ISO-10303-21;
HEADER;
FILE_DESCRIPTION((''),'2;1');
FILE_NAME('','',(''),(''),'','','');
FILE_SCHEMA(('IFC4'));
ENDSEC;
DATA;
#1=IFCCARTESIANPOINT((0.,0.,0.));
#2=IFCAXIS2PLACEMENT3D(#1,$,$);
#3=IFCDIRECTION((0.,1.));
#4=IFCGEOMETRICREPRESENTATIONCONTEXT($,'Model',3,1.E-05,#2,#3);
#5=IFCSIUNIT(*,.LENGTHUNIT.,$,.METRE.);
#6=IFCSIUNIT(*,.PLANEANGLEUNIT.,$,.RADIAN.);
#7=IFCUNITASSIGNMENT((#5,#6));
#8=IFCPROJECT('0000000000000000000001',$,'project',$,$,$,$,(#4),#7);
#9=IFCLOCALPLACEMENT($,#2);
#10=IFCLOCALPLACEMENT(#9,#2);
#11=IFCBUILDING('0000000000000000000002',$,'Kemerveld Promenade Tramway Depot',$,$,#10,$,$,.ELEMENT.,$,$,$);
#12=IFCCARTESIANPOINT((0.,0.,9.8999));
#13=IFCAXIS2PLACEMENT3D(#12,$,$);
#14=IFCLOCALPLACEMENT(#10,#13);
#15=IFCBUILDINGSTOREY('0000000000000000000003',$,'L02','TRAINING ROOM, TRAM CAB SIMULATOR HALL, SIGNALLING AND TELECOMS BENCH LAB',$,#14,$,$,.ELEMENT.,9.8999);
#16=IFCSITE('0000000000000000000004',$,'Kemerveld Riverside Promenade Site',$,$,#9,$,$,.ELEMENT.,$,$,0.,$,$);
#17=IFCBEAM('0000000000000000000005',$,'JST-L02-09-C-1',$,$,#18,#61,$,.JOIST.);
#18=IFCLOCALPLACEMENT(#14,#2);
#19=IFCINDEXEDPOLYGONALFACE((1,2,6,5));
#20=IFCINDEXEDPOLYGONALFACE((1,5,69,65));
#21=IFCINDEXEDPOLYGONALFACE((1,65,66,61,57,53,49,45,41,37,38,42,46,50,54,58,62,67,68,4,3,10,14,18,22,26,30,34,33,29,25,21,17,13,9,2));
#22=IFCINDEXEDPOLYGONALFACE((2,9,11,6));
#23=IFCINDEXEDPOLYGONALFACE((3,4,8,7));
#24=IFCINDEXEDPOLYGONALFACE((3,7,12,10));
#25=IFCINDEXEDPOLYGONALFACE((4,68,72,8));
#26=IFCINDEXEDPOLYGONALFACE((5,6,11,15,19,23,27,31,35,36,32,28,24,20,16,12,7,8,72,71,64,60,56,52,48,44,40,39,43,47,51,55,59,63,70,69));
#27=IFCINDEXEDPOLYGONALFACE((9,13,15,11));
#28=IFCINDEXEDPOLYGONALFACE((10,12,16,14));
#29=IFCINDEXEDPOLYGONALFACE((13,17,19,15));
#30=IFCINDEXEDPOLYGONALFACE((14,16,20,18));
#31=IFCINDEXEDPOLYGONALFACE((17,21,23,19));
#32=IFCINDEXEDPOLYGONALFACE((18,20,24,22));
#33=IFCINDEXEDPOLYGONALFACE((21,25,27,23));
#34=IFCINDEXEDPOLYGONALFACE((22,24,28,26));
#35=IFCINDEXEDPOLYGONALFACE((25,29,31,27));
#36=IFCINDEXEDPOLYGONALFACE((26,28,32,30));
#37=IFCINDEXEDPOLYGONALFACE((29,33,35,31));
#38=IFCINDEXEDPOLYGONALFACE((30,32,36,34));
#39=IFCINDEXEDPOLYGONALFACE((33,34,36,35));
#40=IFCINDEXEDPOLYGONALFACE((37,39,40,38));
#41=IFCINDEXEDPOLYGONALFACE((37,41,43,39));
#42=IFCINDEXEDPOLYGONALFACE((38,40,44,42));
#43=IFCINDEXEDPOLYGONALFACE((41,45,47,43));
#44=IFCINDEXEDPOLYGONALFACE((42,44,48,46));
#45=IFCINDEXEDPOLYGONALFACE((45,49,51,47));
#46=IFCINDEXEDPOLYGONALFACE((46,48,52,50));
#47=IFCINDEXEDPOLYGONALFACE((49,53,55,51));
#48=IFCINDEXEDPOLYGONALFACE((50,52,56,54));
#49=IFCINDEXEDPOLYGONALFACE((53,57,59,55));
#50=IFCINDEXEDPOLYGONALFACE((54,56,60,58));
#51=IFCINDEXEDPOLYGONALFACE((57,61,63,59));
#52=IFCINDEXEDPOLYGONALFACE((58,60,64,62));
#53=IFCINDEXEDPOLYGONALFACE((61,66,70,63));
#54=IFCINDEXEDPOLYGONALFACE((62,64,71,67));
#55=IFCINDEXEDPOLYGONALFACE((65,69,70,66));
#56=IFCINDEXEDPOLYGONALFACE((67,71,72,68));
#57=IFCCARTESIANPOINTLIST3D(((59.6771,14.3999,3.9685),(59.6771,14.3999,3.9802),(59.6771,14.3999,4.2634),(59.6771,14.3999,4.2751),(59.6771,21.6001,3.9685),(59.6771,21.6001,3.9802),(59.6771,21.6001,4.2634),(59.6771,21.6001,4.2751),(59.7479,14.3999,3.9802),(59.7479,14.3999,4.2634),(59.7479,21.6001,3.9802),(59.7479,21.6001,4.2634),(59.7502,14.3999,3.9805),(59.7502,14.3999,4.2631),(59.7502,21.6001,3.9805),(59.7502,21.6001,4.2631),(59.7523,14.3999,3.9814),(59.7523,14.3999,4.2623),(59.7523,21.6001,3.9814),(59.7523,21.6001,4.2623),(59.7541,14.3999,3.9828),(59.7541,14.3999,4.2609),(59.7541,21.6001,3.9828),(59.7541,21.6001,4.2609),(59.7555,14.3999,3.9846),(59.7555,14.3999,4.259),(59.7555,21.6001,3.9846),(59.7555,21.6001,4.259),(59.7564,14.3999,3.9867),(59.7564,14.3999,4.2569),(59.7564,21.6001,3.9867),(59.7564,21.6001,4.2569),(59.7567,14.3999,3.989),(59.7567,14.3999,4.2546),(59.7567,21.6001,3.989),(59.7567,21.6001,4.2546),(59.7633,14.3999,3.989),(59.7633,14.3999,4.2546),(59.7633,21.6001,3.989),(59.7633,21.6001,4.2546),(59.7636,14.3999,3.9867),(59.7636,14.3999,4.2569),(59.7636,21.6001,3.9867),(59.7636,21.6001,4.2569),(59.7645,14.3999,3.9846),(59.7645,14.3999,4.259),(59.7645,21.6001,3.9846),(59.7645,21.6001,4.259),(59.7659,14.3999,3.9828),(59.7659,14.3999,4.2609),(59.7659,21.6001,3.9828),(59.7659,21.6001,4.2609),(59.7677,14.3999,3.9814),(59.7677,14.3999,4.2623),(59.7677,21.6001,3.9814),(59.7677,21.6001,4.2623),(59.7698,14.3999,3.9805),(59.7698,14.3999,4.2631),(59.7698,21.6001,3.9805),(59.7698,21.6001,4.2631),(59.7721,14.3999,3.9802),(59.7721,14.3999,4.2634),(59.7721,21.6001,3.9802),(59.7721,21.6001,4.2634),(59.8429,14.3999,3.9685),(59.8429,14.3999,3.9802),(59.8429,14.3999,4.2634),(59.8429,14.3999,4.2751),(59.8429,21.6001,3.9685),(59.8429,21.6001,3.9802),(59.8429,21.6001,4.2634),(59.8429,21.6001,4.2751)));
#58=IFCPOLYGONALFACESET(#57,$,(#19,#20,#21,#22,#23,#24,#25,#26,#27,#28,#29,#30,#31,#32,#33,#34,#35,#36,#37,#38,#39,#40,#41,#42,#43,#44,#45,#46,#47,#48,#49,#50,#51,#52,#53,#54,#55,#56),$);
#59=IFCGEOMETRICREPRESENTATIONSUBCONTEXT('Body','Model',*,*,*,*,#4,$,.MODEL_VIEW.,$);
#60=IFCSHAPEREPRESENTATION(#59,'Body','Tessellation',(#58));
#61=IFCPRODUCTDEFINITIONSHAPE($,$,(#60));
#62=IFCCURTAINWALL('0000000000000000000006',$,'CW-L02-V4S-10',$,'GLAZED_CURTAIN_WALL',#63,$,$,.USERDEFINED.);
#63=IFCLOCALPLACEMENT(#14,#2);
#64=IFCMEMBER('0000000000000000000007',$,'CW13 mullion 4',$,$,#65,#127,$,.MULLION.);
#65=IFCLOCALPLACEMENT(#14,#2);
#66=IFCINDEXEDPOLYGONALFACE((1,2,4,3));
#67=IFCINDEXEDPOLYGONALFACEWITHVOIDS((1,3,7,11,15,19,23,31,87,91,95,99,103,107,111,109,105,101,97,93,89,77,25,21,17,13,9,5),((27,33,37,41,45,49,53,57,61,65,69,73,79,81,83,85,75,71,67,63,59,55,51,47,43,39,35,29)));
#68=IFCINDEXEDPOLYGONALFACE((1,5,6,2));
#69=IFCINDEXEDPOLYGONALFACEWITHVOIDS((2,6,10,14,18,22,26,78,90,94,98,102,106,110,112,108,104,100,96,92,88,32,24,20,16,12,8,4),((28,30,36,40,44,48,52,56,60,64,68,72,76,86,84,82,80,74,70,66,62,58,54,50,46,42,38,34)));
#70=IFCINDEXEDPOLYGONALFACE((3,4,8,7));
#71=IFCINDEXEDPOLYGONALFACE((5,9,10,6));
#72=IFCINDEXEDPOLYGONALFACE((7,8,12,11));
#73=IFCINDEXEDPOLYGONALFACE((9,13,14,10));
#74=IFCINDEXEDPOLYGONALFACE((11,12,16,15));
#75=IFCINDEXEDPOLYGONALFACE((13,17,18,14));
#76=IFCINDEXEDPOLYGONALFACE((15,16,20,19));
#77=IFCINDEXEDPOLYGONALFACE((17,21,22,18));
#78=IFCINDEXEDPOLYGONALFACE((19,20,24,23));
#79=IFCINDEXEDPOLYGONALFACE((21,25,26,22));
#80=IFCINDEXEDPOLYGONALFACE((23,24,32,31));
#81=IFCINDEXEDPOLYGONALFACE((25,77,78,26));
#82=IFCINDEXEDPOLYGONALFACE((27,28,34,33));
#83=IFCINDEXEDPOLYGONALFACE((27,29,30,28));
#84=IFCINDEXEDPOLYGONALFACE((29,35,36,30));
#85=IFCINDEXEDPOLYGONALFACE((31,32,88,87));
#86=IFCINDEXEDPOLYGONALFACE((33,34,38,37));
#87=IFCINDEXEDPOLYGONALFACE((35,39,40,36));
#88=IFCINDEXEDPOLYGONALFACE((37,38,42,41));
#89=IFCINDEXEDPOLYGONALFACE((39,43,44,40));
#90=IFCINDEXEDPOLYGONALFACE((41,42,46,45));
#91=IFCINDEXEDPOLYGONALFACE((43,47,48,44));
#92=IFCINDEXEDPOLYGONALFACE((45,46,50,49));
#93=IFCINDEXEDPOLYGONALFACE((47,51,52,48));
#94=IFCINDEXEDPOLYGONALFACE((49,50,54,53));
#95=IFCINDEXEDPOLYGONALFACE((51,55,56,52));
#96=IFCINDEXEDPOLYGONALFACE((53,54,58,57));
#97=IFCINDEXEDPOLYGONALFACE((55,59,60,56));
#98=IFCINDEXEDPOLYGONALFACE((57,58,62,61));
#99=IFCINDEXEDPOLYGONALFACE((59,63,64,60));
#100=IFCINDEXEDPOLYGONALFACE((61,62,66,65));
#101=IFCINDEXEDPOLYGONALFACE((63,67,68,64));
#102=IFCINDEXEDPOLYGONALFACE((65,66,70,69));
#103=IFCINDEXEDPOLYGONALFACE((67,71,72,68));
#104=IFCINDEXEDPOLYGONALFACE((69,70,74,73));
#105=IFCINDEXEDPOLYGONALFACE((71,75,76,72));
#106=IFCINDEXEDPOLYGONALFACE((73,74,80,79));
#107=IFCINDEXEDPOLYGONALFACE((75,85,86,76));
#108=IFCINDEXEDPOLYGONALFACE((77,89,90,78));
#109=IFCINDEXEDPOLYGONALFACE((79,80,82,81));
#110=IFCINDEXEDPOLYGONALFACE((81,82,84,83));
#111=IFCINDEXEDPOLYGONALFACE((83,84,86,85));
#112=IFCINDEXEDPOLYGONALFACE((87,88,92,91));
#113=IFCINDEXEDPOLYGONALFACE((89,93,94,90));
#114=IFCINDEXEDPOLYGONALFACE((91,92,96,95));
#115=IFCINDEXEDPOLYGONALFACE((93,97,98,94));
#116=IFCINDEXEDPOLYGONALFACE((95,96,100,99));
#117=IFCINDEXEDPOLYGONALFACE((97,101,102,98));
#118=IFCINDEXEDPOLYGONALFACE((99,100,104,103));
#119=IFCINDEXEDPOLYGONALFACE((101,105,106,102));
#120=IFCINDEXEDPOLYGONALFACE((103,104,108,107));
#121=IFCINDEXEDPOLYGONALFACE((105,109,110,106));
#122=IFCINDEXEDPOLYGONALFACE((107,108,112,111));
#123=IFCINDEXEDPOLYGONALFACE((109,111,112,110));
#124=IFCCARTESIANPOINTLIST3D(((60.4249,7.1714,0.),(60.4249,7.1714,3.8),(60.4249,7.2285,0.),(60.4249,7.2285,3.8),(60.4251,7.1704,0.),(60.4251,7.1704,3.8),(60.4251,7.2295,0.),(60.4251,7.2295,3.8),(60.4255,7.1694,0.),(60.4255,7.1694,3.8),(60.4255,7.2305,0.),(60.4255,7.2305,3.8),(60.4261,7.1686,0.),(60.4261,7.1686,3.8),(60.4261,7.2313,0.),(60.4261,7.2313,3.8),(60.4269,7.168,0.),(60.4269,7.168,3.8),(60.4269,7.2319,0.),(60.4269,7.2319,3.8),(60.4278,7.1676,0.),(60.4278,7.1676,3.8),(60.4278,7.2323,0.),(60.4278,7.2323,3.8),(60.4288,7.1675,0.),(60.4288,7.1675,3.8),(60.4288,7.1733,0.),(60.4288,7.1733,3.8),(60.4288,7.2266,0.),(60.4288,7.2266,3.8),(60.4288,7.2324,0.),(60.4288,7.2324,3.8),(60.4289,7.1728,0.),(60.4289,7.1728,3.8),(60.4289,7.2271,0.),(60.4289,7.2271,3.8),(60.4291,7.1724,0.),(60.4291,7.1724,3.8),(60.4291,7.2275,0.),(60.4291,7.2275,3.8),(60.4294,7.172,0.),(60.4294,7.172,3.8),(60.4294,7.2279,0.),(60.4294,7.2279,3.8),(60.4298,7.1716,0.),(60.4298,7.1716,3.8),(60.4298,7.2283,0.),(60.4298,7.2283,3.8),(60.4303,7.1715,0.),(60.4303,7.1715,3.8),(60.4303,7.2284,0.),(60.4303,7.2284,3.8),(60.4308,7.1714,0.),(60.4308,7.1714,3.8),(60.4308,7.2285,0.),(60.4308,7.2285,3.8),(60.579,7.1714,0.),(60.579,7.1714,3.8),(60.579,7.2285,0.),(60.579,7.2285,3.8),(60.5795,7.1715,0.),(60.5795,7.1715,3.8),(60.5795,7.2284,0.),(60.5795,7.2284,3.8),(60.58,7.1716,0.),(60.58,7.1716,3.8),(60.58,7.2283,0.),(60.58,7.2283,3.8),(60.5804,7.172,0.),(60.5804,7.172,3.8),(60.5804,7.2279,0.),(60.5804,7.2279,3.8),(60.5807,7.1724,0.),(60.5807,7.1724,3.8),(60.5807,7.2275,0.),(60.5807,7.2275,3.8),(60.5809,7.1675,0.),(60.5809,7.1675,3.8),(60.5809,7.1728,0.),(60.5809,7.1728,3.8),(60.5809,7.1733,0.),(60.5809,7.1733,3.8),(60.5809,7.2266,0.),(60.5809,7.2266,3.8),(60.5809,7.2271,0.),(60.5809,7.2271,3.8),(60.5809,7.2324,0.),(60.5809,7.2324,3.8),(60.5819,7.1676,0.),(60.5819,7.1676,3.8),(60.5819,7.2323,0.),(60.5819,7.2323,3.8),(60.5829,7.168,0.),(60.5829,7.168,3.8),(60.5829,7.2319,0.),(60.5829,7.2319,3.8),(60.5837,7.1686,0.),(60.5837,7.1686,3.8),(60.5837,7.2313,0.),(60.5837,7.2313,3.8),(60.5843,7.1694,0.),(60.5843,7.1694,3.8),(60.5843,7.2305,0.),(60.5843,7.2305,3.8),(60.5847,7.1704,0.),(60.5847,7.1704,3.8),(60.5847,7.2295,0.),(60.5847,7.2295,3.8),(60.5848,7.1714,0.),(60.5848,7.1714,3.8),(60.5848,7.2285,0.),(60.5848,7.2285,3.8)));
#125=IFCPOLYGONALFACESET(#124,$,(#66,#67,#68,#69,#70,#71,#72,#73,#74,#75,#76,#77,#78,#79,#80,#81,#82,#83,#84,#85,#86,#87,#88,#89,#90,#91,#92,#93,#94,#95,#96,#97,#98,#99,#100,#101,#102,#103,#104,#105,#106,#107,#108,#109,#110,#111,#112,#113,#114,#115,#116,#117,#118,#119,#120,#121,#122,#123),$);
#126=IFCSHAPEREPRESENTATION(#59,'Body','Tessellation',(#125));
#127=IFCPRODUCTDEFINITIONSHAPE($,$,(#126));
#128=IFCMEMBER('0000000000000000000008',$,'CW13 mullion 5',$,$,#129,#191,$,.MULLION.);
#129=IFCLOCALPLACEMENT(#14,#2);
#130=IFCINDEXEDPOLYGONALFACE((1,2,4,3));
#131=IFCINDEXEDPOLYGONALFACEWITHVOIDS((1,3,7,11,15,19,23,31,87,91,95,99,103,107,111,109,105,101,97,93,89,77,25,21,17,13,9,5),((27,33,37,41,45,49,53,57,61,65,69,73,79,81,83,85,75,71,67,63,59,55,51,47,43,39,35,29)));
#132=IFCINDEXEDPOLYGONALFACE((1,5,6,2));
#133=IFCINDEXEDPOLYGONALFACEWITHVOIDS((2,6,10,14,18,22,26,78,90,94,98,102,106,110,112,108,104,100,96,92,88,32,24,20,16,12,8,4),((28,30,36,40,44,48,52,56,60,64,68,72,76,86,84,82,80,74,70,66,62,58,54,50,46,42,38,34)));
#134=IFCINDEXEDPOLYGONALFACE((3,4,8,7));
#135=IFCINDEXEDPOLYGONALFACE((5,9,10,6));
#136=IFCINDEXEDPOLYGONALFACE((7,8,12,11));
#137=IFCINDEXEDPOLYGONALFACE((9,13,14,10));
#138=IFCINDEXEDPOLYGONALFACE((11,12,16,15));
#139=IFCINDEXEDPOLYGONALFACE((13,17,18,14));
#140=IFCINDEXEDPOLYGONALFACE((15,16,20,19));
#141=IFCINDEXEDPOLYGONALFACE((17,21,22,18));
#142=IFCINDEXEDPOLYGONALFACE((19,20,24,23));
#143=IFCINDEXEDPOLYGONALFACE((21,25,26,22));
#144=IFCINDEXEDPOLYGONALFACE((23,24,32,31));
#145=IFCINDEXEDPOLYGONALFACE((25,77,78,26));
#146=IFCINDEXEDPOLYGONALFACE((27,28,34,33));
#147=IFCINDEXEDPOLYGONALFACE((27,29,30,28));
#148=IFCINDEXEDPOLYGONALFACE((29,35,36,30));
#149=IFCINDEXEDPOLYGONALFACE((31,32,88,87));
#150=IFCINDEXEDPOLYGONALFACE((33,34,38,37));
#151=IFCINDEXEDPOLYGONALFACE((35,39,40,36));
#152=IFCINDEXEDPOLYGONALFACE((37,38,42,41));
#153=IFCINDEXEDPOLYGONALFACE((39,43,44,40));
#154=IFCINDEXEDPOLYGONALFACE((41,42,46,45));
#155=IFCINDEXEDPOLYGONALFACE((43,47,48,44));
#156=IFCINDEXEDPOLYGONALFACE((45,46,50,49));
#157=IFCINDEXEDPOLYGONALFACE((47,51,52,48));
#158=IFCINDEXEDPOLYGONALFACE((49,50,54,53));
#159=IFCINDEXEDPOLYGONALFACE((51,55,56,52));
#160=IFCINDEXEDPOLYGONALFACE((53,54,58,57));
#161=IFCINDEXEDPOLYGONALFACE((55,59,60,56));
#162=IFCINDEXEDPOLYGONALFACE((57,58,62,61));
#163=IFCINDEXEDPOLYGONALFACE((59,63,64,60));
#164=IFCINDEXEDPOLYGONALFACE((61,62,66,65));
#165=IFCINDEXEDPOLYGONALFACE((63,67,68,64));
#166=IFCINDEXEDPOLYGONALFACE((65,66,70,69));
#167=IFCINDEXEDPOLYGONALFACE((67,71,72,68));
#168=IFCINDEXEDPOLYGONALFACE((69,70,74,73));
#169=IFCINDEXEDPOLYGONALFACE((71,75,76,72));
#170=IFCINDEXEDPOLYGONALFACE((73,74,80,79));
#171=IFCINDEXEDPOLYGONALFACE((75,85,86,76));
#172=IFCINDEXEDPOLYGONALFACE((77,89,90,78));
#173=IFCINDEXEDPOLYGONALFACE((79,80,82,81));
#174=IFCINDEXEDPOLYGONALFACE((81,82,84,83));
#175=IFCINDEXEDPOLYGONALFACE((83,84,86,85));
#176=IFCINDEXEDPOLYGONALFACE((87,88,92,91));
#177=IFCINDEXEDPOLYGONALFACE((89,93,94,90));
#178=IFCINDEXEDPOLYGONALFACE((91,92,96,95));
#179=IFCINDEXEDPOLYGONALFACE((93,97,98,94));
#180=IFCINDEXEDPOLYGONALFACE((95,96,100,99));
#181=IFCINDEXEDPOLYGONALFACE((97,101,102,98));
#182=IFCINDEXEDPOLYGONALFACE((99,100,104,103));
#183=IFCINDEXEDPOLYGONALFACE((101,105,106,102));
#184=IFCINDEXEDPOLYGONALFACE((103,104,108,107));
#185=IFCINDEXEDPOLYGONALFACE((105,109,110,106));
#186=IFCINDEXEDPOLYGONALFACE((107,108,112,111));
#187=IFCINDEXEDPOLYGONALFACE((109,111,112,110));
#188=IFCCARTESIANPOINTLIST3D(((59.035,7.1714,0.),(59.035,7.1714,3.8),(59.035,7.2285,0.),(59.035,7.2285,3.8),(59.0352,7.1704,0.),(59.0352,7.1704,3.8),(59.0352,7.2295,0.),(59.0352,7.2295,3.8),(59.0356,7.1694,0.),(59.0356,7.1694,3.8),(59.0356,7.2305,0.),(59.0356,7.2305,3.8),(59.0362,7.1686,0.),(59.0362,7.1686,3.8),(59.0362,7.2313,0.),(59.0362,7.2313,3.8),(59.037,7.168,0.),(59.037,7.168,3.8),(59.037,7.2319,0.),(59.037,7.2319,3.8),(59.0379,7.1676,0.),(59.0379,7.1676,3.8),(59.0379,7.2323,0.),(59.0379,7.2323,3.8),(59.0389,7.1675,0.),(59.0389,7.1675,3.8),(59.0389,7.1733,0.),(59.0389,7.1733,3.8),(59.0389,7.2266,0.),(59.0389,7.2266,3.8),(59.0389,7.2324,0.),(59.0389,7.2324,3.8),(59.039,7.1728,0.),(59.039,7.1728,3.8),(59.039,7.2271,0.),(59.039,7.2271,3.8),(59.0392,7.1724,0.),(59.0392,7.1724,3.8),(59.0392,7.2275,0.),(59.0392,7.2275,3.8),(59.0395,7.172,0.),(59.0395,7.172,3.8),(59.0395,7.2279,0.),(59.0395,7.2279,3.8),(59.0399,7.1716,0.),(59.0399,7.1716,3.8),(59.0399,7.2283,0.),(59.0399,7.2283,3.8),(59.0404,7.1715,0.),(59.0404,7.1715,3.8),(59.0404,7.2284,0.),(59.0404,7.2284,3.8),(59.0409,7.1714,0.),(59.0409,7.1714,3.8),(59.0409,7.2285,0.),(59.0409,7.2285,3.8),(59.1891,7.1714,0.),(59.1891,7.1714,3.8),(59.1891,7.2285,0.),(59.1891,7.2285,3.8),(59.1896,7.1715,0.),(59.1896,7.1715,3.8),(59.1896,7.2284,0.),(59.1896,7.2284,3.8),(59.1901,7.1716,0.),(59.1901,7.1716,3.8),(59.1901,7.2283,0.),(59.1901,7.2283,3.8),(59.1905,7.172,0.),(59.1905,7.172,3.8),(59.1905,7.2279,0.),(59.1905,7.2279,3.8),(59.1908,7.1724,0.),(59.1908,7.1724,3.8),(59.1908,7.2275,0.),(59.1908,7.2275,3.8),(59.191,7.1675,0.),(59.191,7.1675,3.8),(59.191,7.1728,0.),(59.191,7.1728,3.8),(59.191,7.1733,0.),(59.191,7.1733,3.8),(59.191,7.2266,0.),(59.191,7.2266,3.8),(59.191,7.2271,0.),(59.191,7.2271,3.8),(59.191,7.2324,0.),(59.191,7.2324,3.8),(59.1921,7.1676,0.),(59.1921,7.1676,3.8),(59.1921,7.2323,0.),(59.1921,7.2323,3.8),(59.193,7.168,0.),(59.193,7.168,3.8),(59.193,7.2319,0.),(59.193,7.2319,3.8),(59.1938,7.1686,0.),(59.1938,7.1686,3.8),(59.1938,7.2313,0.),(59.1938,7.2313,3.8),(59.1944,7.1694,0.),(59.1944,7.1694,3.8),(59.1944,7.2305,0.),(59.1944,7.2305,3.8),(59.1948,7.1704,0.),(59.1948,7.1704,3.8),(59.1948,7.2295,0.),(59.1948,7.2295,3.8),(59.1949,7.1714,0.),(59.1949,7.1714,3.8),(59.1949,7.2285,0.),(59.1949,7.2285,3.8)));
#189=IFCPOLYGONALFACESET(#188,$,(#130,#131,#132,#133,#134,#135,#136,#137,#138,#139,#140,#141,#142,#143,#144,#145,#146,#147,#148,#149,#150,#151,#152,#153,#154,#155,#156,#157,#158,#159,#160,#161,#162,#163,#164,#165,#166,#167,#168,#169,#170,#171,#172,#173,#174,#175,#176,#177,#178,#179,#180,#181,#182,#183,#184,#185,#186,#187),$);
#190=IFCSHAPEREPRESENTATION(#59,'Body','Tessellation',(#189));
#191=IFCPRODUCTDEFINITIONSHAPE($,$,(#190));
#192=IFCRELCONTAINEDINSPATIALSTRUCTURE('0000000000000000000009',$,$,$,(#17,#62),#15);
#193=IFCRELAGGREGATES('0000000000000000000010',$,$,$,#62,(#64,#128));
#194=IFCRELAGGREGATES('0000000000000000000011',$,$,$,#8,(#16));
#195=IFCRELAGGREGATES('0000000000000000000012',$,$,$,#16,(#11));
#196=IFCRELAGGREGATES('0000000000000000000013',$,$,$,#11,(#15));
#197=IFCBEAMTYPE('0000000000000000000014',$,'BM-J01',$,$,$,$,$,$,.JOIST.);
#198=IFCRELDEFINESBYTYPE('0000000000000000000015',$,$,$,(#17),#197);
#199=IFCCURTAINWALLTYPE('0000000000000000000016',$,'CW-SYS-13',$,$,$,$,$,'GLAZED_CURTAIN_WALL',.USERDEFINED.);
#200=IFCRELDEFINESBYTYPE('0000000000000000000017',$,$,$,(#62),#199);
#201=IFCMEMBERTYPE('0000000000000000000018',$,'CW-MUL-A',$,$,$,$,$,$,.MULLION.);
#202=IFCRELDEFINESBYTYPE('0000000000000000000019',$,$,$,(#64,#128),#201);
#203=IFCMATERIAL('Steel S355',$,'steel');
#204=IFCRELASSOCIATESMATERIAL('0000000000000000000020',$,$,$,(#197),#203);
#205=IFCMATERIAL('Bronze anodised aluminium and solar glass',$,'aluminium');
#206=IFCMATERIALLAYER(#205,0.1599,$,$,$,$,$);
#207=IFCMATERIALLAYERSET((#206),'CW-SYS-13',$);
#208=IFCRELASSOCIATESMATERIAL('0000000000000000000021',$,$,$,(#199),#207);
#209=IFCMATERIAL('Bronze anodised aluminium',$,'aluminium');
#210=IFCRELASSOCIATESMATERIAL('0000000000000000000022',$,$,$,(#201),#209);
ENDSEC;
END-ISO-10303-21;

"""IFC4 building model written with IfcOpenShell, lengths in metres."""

from ifc_helpers import new_model, si_unit, direction, frame, origin, origin_2d, place, context, subcontext, project, spatial, hollow_rectangle, i_section, extrude, material, layer, layer_set, material_profile, profile_set, type_object, element, aggregate, save


model = new_model("IFC4")

# Units and contexts
model_context = context("Model", 3, precision=1e-05, world=origin(), true_north=direction((0.0, 1.0)))
body_context = subcontext(model_context, "Body", "Model", "MODEL_VIEW")
ifc_project = project(units=[si_unit("LENGTHUNIT", "METRE"), si_unit("PLANEANGLEUNIT", "RADIAN")], contexts=[model_context])

# Site, building, storey
site_placement = place(None, origin())
site = spatial("IfcSite", under=ifc_project, at=site_placement, Name="Kemerveld Riverside Promenade Site", CompositionType="ELEMENT", RefElevation=0.0)
building_placement = place(site_placement, origin())
building = spatial("IfcBuilding", under=site, at=building_placement, Name="Kemerveld Promenade Tramway Depot", CompositionType="ELEMENT")
storey_placement = place(building_placement, frame((0.0, 0.0, 9.8999)))
storey = spatial("IfcBuildingStorey", under=building, at=storey_placement, Name="L02", Description="TRAINING ROOM, TRAM CAB SIMULATOR HALL, SIGNALLING AND TELECOMS BENCH LAB", CompositionType="ELEMENT", Elevation=9.8999)

# Beam
ifc_material_1 = material(Name="Steel S355", Category="steel")
ifc_material_profile_1 = material_profile(ifc_material_1, i_section(OverallWidth=0.1658, OverallDepth=0.3066, WebThickness=0.0066, FlangeThickness=0.0117, FilletRadius=0.0088, at=origin_2d()), Name="305x165x46 UB")
ifc_profile_set_1 = profile_set([ifc_material_profile_1], Name="Steel S355")
beam_type = type_object("IfcBeamType", Name="BM-J01", PredefinedType="JOIST", material=ifc_profile_set_1)
beam_placement = place(storey_placement, frame((59.76, 14.3999, 4.1218), z_axis=(0.0, 1.0, 0.0), x_axis=(-1.0, 0.0, 0.0)))
element("IfcBeam", 1, at=beam_placement, inside=storey, type_object=beam_type, Name="JST-L02-09-C-1", PredefinedType="JOIST", context=body_context, shape_type="SweptSolid", body=[
    extrude(i_section(OverallWidth=0.1658, OverallDepth=0.3066, WebThickness=0.0066, FlangeThickness=0.0117, FilletRadius=0.0088, at=origin_2d()), origin(), (0.0, 0.0, 1.0), 7.2002),
])

# Curtain wall, members
ifc_material_2 = material(Name="Bronze anodised aluminium and solar glass", Category="aluminium")
ifc_layer_1 = layer(ifc_material_2, 0.1599)
ifc_layer_set_1 = layer_set([ifc_layer_1], Name="CW-SYS-13")
curtain_wall_type_1 = type_object("IfcCurtainWallType", Name="CW-SYS-13", ElementType="GLAZED_CURTAIN_WALL", PredefinedType="USERDEFINED", material=ifc_layer_set_1)
curtain_wall_1_placement = place(storey_placement, origin())
curtain_wall_1 = element("IfcCurtainWall", 2, at=curtain_wall_1_placement, inside=storey, type_object=curtain_wall_type_1, Name="CW-L02-V4S-10", ObjectType="GLAZED_CURTAIN_WALL", PredefinedType="USERDEFINED")
ifc_material_3 = material(Name="Bronze anodised aluminium", Category="aluminium")
ifc_material_profile_2 = material_profile(ifc_material_3, hollow_rectangle(XDim=0.0649, YDim=0.1599, WallThickness=0.0039, InnerFilletRadius=0.002, OuterFilletRadius=0.0039, at=origin_2d()), Name="CW-MUL-160x65")
ifc_profile_set_2 = profile_set([ifc_material_profile_2], Name="Bronze anodised aluminium")
member_type_1 = type_object("IfcMemberType", Name="CW-MUL-A", PredefinedType="MULLION", material=ifc_profile_set_2)
member_1_placement = place(storey_placement, frame((60.5049, 7.2, 0.0), z_axis=(0.0, 0.0, 1.0), x_axis=(0.0, -1.0, 0.0)))
member_1 = element("IfcMember", 3, at=member_1_placement, type_object=member_type_1, Name="CW13 mullion 4", PredefinedType="MULLION", context=body_context, shape_type="SweptSolid", body=[
    extrude(hollow_rectangle(XDim=0.0649, YDim=0.1599, WallThickness=0.0039, InnerFilletRadius=0.002, OuterFilletRadius=0.0039, at=origin_2d()), origin(), (0.0, 0.0, 1.0), 3.8),
])
member_2_placement = place(storey_placement, frame((59.115, 7.2, 0.0), z_axis=(0.0, 0.0, 1.0), x_axis=(0.0, -1.0, 0.0)))
member_2 = element("IfcMember", 4, at=member_2_placement, type_object=member_type_1, Name="CW13 mullion 5", PredefinedType="MULLION", context=body_context, shape_type="SweptSolid", body=[
    extrude(hollow_rectangle(XDim=0.0649, YDim=0.1599, WallThickness=0.0039, InnerFilletRadius=0.002, OuterFilletRadius=0.0039, at=origin_2d()), origin(), (0.0, 0.0, 1.0), 3.8),
])

aggregate(curtain_wall_1, [member_1, member_2])

save(model, "model.ifc")
